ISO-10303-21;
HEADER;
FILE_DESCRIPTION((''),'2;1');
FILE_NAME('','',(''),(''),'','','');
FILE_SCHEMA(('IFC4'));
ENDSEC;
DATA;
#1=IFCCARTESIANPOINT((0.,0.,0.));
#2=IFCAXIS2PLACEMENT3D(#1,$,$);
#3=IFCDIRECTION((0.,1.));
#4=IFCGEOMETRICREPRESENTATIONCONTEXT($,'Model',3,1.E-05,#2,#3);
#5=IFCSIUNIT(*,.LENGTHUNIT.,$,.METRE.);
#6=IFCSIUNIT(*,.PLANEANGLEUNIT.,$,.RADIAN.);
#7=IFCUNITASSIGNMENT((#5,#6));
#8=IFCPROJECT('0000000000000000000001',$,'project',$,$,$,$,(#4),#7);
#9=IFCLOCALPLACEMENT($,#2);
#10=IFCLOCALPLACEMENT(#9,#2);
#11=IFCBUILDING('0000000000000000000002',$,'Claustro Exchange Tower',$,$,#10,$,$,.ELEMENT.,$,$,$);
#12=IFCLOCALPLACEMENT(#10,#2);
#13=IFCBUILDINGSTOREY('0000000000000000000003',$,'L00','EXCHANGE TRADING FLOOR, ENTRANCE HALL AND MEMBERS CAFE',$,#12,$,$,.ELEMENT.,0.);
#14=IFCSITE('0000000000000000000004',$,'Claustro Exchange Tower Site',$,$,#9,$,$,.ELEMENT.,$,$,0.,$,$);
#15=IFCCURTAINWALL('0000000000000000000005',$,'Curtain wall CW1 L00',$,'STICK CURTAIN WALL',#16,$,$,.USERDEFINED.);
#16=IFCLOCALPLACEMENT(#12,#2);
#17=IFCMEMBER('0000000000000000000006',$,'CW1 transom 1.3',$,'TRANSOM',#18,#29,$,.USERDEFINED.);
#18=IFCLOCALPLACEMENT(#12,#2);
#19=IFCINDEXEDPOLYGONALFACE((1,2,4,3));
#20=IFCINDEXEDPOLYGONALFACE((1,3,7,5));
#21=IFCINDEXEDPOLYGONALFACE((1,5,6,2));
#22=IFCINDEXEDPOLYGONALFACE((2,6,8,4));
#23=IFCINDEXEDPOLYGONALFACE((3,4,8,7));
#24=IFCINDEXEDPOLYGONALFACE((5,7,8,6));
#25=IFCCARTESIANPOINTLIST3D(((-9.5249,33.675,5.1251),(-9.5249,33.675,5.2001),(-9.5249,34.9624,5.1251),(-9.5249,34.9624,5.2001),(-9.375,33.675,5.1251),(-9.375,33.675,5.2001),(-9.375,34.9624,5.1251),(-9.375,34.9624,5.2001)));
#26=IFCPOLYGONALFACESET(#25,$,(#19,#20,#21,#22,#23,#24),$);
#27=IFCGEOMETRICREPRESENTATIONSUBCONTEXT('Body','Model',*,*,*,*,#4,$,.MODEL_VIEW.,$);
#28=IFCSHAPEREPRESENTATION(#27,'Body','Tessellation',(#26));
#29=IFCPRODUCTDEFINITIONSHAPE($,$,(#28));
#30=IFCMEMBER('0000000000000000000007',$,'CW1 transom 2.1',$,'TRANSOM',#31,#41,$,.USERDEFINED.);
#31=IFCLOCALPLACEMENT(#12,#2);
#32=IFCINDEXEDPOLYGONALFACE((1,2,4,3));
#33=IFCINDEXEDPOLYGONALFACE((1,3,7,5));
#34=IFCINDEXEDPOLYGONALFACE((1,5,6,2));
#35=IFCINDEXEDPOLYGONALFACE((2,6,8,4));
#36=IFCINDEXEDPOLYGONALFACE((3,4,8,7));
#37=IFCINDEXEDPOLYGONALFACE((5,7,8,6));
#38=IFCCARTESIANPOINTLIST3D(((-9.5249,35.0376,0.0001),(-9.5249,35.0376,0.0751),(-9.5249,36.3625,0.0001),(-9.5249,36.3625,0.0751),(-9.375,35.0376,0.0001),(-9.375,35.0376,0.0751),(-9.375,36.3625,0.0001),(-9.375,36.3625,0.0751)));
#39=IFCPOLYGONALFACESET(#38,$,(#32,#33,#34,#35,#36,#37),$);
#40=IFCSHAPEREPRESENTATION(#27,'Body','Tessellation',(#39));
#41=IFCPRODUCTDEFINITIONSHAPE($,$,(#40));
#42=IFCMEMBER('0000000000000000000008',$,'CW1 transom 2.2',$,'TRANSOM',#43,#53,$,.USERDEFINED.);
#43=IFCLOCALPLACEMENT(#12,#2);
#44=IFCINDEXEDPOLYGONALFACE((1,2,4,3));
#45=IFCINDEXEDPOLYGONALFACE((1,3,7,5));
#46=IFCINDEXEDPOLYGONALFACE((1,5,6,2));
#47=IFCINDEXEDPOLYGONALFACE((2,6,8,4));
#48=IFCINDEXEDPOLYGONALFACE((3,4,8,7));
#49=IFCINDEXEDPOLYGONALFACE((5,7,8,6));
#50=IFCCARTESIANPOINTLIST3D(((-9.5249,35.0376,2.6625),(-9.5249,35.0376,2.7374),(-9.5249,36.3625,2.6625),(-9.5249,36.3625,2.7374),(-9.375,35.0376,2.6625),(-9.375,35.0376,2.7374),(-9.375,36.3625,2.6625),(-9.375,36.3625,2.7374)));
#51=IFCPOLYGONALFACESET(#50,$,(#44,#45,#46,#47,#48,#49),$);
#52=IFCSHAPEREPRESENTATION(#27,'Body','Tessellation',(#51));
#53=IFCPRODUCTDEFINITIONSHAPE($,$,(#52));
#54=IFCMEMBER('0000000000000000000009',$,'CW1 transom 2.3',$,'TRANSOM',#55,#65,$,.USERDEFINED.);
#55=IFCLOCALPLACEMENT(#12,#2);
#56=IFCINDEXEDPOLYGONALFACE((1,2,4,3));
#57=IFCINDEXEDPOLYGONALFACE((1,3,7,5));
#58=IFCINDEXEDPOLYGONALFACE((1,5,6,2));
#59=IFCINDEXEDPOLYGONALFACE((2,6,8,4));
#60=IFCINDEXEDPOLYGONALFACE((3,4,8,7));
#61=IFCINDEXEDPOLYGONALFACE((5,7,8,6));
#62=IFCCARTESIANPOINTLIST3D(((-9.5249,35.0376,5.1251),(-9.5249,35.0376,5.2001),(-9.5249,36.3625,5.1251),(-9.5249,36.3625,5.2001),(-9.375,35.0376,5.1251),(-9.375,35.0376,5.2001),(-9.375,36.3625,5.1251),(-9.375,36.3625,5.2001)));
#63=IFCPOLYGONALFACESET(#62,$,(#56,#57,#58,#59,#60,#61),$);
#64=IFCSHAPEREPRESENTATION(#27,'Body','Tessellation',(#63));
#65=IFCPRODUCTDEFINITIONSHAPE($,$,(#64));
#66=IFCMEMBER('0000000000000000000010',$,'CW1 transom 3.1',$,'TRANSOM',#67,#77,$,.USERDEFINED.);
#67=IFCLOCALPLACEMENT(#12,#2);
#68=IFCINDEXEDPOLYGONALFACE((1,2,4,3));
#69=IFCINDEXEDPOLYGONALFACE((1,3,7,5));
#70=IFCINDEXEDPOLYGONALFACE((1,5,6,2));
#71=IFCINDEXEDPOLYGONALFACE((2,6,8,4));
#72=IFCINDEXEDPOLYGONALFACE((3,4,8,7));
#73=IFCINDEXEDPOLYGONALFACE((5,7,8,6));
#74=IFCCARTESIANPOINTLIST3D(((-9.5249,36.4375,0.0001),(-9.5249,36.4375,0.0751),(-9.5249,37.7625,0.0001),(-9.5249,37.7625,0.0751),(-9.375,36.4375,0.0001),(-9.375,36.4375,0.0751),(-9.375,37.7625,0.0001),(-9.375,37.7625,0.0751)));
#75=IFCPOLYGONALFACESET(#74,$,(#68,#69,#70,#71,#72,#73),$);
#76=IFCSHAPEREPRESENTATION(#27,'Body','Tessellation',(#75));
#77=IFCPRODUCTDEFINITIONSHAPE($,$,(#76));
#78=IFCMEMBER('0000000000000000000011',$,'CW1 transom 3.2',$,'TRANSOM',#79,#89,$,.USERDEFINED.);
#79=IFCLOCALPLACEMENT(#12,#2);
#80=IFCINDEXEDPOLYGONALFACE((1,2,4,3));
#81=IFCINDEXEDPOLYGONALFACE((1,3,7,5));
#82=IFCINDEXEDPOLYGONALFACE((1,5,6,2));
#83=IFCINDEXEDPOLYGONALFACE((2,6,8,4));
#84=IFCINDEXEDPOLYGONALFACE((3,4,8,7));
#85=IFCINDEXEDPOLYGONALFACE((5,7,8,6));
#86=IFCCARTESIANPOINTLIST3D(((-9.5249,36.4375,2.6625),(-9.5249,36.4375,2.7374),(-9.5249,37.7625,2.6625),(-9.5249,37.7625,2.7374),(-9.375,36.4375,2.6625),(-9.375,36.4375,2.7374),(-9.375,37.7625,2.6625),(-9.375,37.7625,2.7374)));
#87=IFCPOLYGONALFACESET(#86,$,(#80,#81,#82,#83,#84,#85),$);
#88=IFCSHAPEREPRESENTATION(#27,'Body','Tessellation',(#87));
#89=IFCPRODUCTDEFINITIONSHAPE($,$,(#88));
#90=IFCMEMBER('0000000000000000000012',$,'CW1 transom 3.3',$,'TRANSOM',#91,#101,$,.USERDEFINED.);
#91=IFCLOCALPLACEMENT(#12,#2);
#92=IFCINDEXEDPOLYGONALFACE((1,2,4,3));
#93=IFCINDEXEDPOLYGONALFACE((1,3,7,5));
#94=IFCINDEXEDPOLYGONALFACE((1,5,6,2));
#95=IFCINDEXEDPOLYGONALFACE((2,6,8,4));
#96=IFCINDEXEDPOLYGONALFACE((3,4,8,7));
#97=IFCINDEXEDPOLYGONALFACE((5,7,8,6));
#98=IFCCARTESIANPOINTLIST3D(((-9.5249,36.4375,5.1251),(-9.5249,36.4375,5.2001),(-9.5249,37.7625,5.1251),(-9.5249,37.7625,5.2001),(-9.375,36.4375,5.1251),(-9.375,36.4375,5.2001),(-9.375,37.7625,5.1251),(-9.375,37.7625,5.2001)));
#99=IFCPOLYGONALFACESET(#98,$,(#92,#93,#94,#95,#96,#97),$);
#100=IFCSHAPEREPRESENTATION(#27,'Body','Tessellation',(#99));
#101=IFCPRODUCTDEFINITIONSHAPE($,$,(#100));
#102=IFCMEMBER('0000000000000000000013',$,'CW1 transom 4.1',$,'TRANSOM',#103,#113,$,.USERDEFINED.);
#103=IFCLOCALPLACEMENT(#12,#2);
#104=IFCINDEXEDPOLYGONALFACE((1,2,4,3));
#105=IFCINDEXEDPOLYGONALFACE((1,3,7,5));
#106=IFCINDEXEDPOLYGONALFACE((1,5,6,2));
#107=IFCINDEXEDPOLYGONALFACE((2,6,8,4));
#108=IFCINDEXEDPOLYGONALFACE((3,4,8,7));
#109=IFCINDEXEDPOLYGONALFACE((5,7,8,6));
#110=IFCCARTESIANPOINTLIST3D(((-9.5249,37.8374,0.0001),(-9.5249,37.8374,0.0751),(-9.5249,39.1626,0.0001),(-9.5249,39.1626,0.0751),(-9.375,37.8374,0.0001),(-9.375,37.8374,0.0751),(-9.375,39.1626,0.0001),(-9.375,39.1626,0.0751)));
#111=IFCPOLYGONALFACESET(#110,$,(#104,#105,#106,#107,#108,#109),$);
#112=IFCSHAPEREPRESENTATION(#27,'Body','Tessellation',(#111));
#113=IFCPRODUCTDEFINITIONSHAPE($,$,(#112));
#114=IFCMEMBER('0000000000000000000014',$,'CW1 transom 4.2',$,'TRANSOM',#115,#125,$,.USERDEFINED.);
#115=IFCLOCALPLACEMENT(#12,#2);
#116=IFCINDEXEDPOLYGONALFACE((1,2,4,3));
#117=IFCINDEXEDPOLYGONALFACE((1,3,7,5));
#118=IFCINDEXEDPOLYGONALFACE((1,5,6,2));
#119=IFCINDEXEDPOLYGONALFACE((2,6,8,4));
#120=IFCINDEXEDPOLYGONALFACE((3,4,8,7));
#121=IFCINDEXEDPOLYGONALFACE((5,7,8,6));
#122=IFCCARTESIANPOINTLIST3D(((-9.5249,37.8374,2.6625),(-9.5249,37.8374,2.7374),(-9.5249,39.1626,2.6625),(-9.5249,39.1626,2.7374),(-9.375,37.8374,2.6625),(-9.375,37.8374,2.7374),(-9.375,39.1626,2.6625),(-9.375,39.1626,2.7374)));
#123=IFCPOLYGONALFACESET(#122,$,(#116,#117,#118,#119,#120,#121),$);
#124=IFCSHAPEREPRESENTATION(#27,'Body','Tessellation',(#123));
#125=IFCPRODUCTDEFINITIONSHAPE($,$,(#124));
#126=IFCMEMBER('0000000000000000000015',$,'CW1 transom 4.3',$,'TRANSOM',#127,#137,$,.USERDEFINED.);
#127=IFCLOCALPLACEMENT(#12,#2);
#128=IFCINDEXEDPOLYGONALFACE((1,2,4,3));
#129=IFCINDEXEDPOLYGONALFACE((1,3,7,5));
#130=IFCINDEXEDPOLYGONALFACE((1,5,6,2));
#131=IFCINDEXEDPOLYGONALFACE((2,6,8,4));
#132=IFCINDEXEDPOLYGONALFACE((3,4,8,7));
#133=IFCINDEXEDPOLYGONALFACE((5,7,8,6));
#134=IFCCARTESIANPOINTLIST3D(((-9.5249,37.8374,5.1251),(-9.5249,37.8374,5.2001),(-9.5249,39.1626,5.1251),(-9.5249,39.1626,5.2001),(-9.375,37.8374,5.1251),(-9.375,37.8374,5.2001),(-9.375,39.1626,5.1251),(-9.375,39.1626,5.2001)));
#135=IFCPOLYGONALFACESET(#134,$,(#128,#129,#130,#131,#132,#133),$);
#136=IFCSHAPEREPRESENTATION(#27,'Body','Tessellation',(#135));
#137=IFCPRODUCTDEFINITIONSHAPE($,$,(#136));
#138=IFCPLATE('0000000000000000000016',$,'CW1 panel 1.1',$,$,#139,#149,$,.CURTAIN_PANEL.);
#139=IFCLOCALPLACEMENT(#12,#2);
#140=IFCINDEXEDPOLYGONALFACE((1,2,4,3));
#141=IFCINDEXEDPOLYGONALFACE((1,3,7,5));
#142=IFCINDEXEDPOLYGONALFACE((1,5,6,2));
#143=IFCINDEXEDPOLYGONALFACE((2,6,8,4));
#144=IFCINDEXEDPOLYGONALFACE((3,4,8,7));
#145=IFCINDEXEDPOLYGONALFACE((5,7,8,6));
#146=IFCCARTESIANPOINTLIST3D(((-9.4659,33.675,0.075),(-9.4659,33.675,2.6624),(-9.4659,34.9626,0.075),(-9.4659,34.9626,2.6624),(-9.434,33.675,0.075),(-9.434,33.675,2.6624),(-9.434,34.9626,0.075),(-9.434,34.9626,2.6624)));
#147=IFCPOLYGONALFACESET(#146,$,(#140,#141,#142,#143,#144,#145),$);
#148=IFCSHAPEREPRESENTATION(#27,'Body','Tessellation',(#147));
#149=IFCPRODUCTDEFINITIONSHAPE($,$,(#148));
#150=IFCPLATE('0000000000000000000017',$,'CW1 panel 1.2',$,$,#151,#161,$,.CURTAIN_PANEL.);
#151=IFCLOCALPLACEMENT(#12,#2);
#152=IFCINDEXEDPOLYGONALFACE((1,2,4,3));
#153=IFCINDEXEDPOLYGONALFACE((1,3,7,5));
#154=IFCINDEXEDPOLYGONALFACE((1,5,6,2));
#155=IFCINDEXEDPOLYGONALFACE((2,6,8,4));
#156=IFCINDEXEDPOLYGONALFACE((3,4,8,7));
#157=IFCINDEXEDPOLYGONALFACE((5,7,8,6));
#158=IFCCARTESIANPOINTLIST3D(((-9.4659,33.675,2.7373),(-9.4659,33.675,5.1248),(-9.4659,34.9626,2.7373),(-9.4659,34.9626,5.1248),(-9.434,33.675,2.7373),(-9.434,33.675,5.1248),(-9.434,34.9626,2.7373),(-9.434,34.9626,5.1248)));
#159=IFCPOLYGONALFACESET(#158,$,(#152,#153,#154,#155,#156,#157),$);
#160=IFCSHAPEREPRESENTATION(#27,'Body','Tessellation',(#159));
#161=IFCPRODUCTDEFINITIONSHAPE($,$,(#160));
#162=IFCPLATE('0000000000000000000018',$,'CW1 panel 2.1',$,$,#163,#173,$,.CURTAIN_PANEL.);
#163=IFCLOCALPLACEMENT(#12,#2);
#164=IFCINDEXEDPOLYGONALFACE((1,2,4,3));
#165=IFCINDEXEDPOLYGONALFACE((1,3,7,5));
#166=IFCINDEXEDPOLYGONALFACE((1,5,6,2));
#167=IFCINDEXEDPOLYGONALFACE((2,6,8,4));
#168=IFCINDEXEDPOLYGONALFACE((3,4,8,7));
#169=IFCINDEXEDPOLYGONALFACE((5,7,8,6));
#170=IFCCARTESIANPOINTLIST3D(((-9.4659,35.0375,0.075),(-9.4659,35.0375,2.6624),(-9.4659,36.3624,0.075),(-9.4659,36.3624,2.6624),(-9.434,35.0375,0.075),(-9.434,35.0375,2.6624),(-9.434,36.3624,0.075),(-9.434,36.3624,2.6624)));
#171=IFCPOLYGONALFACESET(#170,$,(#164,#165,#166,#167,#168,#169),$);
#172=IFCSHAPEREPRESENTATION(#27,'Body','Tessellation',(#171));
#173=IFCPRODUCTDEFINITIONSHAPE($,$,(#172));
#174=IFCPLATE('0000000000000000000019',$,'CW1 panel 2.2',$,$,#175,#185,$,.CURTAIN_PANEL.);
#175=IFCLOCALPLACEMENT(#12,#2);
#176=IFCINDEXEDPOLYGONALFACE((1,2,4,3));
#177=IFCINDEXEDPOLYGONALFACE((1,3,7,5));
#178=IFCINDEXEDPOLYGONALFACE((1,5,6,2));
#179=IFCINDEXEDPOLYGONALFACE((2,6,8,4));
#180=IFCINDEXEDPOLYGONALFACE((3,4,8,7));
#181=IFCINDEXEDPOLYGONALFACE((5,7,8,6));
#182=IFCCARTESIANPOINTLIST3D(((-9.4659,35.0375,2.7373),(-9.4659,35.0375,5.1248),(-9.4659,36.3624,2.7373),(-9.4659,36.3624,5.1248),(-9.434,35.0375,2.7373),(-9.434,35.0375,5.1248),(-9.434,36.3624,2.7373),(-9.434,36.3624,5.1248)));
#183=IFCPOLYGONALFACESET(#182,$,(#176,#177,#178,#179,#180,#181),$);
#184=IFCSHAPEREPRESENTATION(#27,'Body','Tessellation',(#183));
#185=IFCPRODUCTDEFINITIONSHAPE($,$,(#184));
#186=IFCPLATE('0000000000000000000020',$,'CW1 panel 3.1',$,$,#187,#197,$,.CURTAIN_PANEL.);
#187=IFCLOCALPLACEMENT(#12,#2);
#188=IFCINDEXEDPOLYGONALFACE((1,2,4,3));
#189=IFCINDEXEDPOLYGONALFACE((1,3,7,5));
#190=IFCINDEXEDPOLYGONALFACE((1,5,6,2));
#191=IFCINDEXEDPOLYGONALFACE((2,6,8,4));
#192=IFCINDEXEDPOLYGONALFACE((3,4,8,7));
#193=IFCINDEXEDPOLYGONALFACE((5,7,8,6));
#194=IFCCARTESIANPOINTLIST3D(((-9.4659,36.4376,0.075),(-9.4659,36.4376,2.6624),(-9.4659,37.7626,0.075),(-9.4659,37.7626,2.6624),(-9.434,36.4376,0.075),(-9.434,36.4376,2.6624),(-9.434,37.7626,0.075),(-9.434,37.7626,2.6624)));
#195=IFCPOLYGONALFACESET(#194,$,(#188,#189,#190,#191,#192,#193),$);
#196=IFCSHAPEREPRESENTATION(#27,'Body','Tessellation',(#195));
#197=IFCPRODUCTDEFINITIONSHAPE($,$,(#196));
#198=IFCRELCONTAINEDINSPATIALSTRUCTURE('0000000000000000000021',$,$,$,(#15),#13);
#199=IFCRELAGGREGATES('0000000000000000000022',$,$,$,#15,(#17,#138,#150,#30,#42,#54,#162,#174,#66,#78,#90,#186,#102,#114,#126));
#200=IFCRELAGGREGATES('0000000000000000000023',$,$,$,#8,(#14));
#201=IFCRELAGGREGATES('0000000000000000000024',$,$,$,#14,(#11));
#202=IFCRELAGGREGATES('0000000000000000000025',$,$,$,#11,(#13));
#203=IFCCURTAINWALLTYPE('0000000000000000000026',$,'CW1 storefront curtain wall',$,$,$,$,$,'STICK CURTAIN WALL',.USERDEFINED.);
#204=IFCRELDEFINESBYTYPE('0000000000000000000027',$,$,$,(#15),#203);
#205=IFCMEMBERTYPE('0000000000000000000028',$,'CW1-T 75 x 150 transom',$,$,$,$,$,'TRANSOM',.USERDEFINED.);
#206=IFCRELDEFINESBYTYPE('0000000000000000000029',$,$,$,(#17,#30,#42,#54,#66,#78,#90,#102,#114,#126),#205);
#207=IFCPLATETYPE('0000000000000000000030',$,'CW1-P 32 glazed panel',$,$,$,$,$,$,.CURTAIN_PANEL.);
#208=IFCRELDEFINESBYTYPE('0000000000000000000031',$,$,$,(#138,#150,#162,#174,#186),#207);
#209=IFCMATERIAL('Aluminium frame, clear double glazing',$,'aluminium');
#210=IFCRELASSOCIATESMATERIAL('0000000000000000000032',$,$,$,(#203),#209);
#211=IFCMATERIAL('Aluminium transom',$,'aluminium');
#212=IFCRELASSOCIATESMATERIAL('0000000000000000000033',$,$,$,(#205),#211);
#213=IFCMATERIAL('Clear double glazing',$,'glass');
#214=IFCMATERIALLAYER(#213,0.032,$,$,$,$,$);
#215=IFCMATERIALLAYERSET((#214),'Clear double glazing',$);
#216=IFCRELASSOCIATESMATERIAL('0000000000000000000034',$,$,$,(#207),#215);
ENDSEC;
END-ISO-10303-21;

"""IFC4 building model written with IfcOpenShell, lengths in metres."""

from ifc_helpers import new_model, si_unit, direction, frame, origin, origin_2d, place, context, subcontext, project, spatial, rectangle, extrude, material, layer, layer_set, material_profile, profile_set, type_object, element, aggregate, save


model = new_model("IFC4")

# Units and contexts
model_context = context("Model", 3, precision=1e-05, world=origin(), true_north=direction((0.0, 1.0)))
body_context = subcontext(model_context, "Body", "Model", "MODEL_VIEW")
ifc_project = project(units=[si_unit("LENGTHUNIT", "METRE"), si_unit("PLANEANGLEUNIT", "RADIAN")], contexts=[model_context])

# Site, building, storey
site_placement = place(None, origin())
site = spatial("IfcSite", under=ifc_project, at=site_placement, Name="Claustro Exchange Tower Site", CompositionType="ELEMENT", RefElevation=0.0)
building_placement = place(site_placement, origin())
building = spatial("IfcBuilding", under=site, at=building_placement, Name="Claustro Exchange Tower", CompositionType="ELEMENT")
storey_placement = place(building_placement, origin())
storey = spatial("IfcBuildingStorey", under=building, at=storey_placement, Name="L00", Description="EXCHANGE TRADING FLOOR, ENTRANCE HALL AND MEMBERS CAFE", CompositionType="ELEMENT", Elevation=0.0)

# Curtain wall, members, plates
ifc_material_1 = material(Name="Aluminium frame, clear double glazing", Category="aluminium")
curtain_wall_type = type_object("IfcCurtainWallType", Name="CW1 storefront curtain wall", ElementType="STICK CURTAIN WALL", PredefinedType="USERDEFINED", material=ifc_material_1)
curtain_wall_placement = place(storey_placement, origin())
curtain_wall = element("IfcCurtainWall", 1, at=curtain_wall_placement, inside=storey, type_object=curtain_wall_type, Name="Curtain wall CW1 L00", ObjectType="STICK CURTAIN WALL", PredefinedType="USERDEFINED")
ifc_material_2 = material(Name="Aluminium transom", Category="aluminium")
ifc_material_profile_1 = material_profile(ifc_material_2, rectangle(XDim=0.1499, YDim=0.075, at=origin_2d()), Name="CW1-T 75x150")
ifc_profile_set_1 = profile_set([ifc_material_profile_1], Name="Aluminium transom")
member_type_1 = type_object("IfcMemberType", Name="CW1-T 75 x 150 transom", ElementType="TRANSOM", PredefinedType="USERDEFINED", material=ifc_profile_set_1)
member_1_placement = place(storey_placement, frame((-9.45, 33.675, 5.1626), z_axis=(0.0, 1.0, 0.0), x_axis=(-1.0, 0.0, 0.0)))
member_1 = element("IfcMember", 2, at=member_1_placement, type_object=member_type_1, Name="CW1 transom 1.3", ObjectType="TRANSOM", PredefinedType="USERDEFINED", context=body_context, shape_type="SweptSolid", body=[
    extrude(rectangle(XDim=0.1499, YDim=0.075, at=origin_2d()), origin(), (0.0, 0.0, 1.0), 1.2874),
])
member_2_placement = place(storey_placement, frame((-9.45, 35.0376, 0.0376), z_axis=(0.0, 1.0, 0.0), x_axis=(-1.0, 0.0, 0.0)))
member_2 = element("IfcMember", 3, at=member_2_placement, type_object=member_type_1, Name="CW1 transom 2.1", ObjectType="TRANSOM", PredefinedType="USERDEFINED", context=body_context, shape_type="SweptSolid", body=[
    extrude(rectangle(XDim=0.1499, YDim=0.075, at=origin_2d()), origin(), (0.0, 0.0, 1.0), 1.325),
])
member_3_placement = place(storey_placement, frame((-9.45, 35.0376, 2.7), z_axis=(0.0, 1.0, 0.0), x_axis=(-1.0, 0.0, 0.0)))
member_3 = element("IfcMember", 4, at=member_3_placement, type_object=member_type_1, Name="CW1 transom 2.2", ObjectType="TRANSOM", PredefinedType="USERDEFINED", context=body_context, shape_type="SweptSolid", body=[
    extrude(rectangle(XDim=0.1499, YDim=0.075, at=origin_2d()), origin(), (0.0, 0.0, 1.0), 1.325),
])
member_4_placement = place(storey_placement, frame((-9.45, 35.0376, 5.1626), z_axis=(0.0, 1.0, 0.0), x_axis=(-1.0, 0.0, 0.0)))
member_4 = element("IfcMember", 5, at=member_4_placement, type_object=member_type_1, Name="CW1 transom 2.3", ObjectType="TRANSOM", PredefinedType="USERDEFINED", context=body_context, shape_type="SweptSolid", body=[
    extrude(rectangle(XDim=0.1499, YDim=0.075, at=origin_2d()), origin(), (0.0, 0.0, 1.0), 1.325),
])
member_5_placement = place(storey_placement, frame((-9.45, 36.4375, 0.0376), z_axis=(0.0, 1.0, 0.0), x_axis=(-1.0, 0.0, 0.0)))
member_5 = element("IfcMember", 6, at=member_5_placement, type_object=member_type_1, Name="CW1 transom 3.1", ObjectType="TRANSOM", PredefinedType="USERDEFINED", context=body_context, shape_type="SweptSolid", body=[
    extrude(rectangle(XDim=0.1499, YDim=0.075, at=origin_2d()), origin(), (0.0, 0.0, 1.0), 1.325),
])
member_6_placement = place(storey_placement, frame((-9.45, 36.4375, 2.7), z_axis=(0.0, 1.0, 0.0), x_axis=(-1.0, 0.0, 0.0)))
member_6 = element("IfcMember", 7, at=member_6_placement, type_object=member_type_1, Name="CW1 transom 3.2", ObjectType="TRANSOM", PredefinedType="USERDEFINED", context=body_context, shape_type="SweptSolid", body=[
    extrude(rectangle(XDim=0.1499, YDim=0.075, at=origin_2d()), origin(), (0.0, 0.0, 1.0), 1.325),
])
member_7_placement = place(storey_placement, frame((-9.45, 36.4375, 5.1626), z_axis=(0.0, 1.0, 0.0), x_axis=(-1.0, 0.0, 0.0)))
member_7 = element("IfcMember", 8, at=member_7_placement, type_object=member_type_1, Name="CW1 transom 3.3", ObjectType="TRANSOM", PredefinedType="USERDEFINED", context=body_context, shape_type="SweptSolid", body=[
    extrude(rectangle(XDim=0.1499, YDim=0.075, at=origin_2d()), origin(), (0.0, 0.0, 1.0), 1.325),
])
member_8_placement = place(storey_placement, frame((-9.45, 37.8374, 0.0376), z_axis=(0.0, 1.0, 0.0), x_axis=(-1.0, 0.0, 0.0)))
member_8 = element("IfcMember", 9, at=member_8_placement, type_object=member_type_1, Name="CW1 transom 4.1", ObjectType="TRANSOM", PredefinedType="USERDEFINED", context=body_context, shape_type="SweptSolid", body=[
    extrude(rectangle(XDim=0.1499, YDim=0.075, at=origin_2d()), origin(), (0.0, 0.0, 1.0), 1.3252),
])
member_9_placement = place(storey_placement, frame((-9.45, 37.8374, 2.7), z_axis=(0.0, 1.0, 0.0), x_axis=(-1.0, 0.0, 0.0)))
member_9 = element("IfcMember", 10, at=member_9_placement, type_object=member_type_1, Name="CW1 transom 4.2", ObjectType="TRANSOM", PredefinedType="USERDEFINED", context=body_context, shape_type="SweptSolid", body=[
    extrude(rectangle(XDim=0.1499, YDim=0.075, at=origin_2d()), origin(), (0.0, 0.0, 1.0), 1.3252),
])
member_10_placement = place(storey_placement, frame((-9.45, 37.8374, 5.1626), z_axis=(0.0, 1.0, 0.0), x_axis=(-1.0, 0.0, 0.0)))
member_10 = element("IfcMember", 11, at=member_10_placement, type_object=member_type_1, Name="CW1 transom 4.3", ObjectType="TRANSOM", PredefinedType="USERDEFINED", context=body_context, shape_type="SweptSolid", body=[
    extrude(rectangle(XDim=0.1499, YDim=0.075, at=origin_2d()), origin(), (0.0, 0.0, 1.0), 1.3252),
])
ifc_material_3 = material(Name="Clear double glazing", Category="glass")
ifc_layer = layer(ifc_material_3, 0.032)
ifc_layer_set = layer_set([ifc_layer], Name="Clear double glazing")
plate_type = type_object("IfcPlateType", Name="CW1-P 32 glazed panel", PredefinedType="CURTAIN_PANEL", material=ifc_layer_set)
plate_1_placement = place(storey_placement, frame((-9.45, 34.3188, 0.075), z_axis=(0.0, 0.0, 1.0), x_axis=(0.0, 1.0, 0.0)))
plate_1 = element("IfcPlate", 12, at=plate_1_placement, type_object=plate_type, Name="CW1 panel 1.1", PredefinedType="CURTAIN_PANEL", context=body_context, shape_type="SweptSolid", body=[
    extrude(rectangle(XDim=1.2876, YDim=0.032, at=origin_2d()), origin(), (0.0, 0.0, 1.0), 2.5874),
])
plate_2_placement = place(storey_placement, frame((-9.45, 34.3188, 2.7373), z_axis=(0.0, 0.0, 1.0), x_axis=(0.0, 1.0, 0.0)))
plate_2 = element("IfcPlate", 13, at=plate_2_placement, type_object=plate_type, Name="CW1 panel 1.2", PredefinedType="CURTAIN_PANEL", context=body_context, shape_type="SweptSolid", body=[
    extrude(rectangle(XDim=1.2876, YDim=0.032, at=origin_2d()), origin(), (0.0, 0.0, 1.0), 2.3875),
])
plate_3_placement = place(storey_placement, frame((-9.45, 35.7, 0.075), z_axis=(0.0, 0.0, 1.0), x_axis=(0.0, 1.0, 0.0)))
plate_3 = element("IfcPlate", 14, at=plate_3_placement, type_object=plate_type, Name="CW1 panel 2.1", PredefinedType="CURTAIN_PANEL", context=body_context, shape_type="SweptSolid", body=[
    extrude(rectangle(XDim=1.325, YDim=0.032, at=origin_2d()), origin(), (0.0, 0.0, 1.0), 2.5874),
])
plate_4_placement = place(storey_placement, frame((-9.45, 35.7, 2.7373), z_axis=(0.0, 0.0, 1.0), x_axis=(0.0, 1.0, 0.0)))
plate_4 = element("IfcPlate", 15, at=plate_4_placement, type_object=plate_type, Name="CW1 panel 2.2", PredefinedType="CURTAIN_PANEL", context=body_context, shape_type="SweptSolid", body=[
    extrude(rectangle(XDim=1.325, YDim=0.032, at=origin_2d()), origin(), (0.0, 0.0, 1.0), 2.3875),
])
plate_5_placement = place(storey_placement, frame((-9.45, 37.1001, 0.075), z_axis=(0.0, 0.0, 1.0), x_axis=(0.0, 1.0, 0.0)))
plate_5 = element("IfcPlate", 16, at=plate_5_placement, type_object=plate_type, Name="CW1 panel 3.1", PredefinedType="CURTAIN_PANEL", context=body_context, shape_type="SweptSolid", body=[
    extrude(rectangle(XDim=1.325, YDim=0.032, at=origin_2d()), origin(), (0.0, 0.0, 1.0), 2.5874),
])
aggregate(curtain_wall, [member_1, plate_1, plate_2, member_2, member_3, member_4, plate_3, plate_4, member_5, member_6, member_7, plate_5, member_8, member_9, member_10])

save(model, "model.ifc")
